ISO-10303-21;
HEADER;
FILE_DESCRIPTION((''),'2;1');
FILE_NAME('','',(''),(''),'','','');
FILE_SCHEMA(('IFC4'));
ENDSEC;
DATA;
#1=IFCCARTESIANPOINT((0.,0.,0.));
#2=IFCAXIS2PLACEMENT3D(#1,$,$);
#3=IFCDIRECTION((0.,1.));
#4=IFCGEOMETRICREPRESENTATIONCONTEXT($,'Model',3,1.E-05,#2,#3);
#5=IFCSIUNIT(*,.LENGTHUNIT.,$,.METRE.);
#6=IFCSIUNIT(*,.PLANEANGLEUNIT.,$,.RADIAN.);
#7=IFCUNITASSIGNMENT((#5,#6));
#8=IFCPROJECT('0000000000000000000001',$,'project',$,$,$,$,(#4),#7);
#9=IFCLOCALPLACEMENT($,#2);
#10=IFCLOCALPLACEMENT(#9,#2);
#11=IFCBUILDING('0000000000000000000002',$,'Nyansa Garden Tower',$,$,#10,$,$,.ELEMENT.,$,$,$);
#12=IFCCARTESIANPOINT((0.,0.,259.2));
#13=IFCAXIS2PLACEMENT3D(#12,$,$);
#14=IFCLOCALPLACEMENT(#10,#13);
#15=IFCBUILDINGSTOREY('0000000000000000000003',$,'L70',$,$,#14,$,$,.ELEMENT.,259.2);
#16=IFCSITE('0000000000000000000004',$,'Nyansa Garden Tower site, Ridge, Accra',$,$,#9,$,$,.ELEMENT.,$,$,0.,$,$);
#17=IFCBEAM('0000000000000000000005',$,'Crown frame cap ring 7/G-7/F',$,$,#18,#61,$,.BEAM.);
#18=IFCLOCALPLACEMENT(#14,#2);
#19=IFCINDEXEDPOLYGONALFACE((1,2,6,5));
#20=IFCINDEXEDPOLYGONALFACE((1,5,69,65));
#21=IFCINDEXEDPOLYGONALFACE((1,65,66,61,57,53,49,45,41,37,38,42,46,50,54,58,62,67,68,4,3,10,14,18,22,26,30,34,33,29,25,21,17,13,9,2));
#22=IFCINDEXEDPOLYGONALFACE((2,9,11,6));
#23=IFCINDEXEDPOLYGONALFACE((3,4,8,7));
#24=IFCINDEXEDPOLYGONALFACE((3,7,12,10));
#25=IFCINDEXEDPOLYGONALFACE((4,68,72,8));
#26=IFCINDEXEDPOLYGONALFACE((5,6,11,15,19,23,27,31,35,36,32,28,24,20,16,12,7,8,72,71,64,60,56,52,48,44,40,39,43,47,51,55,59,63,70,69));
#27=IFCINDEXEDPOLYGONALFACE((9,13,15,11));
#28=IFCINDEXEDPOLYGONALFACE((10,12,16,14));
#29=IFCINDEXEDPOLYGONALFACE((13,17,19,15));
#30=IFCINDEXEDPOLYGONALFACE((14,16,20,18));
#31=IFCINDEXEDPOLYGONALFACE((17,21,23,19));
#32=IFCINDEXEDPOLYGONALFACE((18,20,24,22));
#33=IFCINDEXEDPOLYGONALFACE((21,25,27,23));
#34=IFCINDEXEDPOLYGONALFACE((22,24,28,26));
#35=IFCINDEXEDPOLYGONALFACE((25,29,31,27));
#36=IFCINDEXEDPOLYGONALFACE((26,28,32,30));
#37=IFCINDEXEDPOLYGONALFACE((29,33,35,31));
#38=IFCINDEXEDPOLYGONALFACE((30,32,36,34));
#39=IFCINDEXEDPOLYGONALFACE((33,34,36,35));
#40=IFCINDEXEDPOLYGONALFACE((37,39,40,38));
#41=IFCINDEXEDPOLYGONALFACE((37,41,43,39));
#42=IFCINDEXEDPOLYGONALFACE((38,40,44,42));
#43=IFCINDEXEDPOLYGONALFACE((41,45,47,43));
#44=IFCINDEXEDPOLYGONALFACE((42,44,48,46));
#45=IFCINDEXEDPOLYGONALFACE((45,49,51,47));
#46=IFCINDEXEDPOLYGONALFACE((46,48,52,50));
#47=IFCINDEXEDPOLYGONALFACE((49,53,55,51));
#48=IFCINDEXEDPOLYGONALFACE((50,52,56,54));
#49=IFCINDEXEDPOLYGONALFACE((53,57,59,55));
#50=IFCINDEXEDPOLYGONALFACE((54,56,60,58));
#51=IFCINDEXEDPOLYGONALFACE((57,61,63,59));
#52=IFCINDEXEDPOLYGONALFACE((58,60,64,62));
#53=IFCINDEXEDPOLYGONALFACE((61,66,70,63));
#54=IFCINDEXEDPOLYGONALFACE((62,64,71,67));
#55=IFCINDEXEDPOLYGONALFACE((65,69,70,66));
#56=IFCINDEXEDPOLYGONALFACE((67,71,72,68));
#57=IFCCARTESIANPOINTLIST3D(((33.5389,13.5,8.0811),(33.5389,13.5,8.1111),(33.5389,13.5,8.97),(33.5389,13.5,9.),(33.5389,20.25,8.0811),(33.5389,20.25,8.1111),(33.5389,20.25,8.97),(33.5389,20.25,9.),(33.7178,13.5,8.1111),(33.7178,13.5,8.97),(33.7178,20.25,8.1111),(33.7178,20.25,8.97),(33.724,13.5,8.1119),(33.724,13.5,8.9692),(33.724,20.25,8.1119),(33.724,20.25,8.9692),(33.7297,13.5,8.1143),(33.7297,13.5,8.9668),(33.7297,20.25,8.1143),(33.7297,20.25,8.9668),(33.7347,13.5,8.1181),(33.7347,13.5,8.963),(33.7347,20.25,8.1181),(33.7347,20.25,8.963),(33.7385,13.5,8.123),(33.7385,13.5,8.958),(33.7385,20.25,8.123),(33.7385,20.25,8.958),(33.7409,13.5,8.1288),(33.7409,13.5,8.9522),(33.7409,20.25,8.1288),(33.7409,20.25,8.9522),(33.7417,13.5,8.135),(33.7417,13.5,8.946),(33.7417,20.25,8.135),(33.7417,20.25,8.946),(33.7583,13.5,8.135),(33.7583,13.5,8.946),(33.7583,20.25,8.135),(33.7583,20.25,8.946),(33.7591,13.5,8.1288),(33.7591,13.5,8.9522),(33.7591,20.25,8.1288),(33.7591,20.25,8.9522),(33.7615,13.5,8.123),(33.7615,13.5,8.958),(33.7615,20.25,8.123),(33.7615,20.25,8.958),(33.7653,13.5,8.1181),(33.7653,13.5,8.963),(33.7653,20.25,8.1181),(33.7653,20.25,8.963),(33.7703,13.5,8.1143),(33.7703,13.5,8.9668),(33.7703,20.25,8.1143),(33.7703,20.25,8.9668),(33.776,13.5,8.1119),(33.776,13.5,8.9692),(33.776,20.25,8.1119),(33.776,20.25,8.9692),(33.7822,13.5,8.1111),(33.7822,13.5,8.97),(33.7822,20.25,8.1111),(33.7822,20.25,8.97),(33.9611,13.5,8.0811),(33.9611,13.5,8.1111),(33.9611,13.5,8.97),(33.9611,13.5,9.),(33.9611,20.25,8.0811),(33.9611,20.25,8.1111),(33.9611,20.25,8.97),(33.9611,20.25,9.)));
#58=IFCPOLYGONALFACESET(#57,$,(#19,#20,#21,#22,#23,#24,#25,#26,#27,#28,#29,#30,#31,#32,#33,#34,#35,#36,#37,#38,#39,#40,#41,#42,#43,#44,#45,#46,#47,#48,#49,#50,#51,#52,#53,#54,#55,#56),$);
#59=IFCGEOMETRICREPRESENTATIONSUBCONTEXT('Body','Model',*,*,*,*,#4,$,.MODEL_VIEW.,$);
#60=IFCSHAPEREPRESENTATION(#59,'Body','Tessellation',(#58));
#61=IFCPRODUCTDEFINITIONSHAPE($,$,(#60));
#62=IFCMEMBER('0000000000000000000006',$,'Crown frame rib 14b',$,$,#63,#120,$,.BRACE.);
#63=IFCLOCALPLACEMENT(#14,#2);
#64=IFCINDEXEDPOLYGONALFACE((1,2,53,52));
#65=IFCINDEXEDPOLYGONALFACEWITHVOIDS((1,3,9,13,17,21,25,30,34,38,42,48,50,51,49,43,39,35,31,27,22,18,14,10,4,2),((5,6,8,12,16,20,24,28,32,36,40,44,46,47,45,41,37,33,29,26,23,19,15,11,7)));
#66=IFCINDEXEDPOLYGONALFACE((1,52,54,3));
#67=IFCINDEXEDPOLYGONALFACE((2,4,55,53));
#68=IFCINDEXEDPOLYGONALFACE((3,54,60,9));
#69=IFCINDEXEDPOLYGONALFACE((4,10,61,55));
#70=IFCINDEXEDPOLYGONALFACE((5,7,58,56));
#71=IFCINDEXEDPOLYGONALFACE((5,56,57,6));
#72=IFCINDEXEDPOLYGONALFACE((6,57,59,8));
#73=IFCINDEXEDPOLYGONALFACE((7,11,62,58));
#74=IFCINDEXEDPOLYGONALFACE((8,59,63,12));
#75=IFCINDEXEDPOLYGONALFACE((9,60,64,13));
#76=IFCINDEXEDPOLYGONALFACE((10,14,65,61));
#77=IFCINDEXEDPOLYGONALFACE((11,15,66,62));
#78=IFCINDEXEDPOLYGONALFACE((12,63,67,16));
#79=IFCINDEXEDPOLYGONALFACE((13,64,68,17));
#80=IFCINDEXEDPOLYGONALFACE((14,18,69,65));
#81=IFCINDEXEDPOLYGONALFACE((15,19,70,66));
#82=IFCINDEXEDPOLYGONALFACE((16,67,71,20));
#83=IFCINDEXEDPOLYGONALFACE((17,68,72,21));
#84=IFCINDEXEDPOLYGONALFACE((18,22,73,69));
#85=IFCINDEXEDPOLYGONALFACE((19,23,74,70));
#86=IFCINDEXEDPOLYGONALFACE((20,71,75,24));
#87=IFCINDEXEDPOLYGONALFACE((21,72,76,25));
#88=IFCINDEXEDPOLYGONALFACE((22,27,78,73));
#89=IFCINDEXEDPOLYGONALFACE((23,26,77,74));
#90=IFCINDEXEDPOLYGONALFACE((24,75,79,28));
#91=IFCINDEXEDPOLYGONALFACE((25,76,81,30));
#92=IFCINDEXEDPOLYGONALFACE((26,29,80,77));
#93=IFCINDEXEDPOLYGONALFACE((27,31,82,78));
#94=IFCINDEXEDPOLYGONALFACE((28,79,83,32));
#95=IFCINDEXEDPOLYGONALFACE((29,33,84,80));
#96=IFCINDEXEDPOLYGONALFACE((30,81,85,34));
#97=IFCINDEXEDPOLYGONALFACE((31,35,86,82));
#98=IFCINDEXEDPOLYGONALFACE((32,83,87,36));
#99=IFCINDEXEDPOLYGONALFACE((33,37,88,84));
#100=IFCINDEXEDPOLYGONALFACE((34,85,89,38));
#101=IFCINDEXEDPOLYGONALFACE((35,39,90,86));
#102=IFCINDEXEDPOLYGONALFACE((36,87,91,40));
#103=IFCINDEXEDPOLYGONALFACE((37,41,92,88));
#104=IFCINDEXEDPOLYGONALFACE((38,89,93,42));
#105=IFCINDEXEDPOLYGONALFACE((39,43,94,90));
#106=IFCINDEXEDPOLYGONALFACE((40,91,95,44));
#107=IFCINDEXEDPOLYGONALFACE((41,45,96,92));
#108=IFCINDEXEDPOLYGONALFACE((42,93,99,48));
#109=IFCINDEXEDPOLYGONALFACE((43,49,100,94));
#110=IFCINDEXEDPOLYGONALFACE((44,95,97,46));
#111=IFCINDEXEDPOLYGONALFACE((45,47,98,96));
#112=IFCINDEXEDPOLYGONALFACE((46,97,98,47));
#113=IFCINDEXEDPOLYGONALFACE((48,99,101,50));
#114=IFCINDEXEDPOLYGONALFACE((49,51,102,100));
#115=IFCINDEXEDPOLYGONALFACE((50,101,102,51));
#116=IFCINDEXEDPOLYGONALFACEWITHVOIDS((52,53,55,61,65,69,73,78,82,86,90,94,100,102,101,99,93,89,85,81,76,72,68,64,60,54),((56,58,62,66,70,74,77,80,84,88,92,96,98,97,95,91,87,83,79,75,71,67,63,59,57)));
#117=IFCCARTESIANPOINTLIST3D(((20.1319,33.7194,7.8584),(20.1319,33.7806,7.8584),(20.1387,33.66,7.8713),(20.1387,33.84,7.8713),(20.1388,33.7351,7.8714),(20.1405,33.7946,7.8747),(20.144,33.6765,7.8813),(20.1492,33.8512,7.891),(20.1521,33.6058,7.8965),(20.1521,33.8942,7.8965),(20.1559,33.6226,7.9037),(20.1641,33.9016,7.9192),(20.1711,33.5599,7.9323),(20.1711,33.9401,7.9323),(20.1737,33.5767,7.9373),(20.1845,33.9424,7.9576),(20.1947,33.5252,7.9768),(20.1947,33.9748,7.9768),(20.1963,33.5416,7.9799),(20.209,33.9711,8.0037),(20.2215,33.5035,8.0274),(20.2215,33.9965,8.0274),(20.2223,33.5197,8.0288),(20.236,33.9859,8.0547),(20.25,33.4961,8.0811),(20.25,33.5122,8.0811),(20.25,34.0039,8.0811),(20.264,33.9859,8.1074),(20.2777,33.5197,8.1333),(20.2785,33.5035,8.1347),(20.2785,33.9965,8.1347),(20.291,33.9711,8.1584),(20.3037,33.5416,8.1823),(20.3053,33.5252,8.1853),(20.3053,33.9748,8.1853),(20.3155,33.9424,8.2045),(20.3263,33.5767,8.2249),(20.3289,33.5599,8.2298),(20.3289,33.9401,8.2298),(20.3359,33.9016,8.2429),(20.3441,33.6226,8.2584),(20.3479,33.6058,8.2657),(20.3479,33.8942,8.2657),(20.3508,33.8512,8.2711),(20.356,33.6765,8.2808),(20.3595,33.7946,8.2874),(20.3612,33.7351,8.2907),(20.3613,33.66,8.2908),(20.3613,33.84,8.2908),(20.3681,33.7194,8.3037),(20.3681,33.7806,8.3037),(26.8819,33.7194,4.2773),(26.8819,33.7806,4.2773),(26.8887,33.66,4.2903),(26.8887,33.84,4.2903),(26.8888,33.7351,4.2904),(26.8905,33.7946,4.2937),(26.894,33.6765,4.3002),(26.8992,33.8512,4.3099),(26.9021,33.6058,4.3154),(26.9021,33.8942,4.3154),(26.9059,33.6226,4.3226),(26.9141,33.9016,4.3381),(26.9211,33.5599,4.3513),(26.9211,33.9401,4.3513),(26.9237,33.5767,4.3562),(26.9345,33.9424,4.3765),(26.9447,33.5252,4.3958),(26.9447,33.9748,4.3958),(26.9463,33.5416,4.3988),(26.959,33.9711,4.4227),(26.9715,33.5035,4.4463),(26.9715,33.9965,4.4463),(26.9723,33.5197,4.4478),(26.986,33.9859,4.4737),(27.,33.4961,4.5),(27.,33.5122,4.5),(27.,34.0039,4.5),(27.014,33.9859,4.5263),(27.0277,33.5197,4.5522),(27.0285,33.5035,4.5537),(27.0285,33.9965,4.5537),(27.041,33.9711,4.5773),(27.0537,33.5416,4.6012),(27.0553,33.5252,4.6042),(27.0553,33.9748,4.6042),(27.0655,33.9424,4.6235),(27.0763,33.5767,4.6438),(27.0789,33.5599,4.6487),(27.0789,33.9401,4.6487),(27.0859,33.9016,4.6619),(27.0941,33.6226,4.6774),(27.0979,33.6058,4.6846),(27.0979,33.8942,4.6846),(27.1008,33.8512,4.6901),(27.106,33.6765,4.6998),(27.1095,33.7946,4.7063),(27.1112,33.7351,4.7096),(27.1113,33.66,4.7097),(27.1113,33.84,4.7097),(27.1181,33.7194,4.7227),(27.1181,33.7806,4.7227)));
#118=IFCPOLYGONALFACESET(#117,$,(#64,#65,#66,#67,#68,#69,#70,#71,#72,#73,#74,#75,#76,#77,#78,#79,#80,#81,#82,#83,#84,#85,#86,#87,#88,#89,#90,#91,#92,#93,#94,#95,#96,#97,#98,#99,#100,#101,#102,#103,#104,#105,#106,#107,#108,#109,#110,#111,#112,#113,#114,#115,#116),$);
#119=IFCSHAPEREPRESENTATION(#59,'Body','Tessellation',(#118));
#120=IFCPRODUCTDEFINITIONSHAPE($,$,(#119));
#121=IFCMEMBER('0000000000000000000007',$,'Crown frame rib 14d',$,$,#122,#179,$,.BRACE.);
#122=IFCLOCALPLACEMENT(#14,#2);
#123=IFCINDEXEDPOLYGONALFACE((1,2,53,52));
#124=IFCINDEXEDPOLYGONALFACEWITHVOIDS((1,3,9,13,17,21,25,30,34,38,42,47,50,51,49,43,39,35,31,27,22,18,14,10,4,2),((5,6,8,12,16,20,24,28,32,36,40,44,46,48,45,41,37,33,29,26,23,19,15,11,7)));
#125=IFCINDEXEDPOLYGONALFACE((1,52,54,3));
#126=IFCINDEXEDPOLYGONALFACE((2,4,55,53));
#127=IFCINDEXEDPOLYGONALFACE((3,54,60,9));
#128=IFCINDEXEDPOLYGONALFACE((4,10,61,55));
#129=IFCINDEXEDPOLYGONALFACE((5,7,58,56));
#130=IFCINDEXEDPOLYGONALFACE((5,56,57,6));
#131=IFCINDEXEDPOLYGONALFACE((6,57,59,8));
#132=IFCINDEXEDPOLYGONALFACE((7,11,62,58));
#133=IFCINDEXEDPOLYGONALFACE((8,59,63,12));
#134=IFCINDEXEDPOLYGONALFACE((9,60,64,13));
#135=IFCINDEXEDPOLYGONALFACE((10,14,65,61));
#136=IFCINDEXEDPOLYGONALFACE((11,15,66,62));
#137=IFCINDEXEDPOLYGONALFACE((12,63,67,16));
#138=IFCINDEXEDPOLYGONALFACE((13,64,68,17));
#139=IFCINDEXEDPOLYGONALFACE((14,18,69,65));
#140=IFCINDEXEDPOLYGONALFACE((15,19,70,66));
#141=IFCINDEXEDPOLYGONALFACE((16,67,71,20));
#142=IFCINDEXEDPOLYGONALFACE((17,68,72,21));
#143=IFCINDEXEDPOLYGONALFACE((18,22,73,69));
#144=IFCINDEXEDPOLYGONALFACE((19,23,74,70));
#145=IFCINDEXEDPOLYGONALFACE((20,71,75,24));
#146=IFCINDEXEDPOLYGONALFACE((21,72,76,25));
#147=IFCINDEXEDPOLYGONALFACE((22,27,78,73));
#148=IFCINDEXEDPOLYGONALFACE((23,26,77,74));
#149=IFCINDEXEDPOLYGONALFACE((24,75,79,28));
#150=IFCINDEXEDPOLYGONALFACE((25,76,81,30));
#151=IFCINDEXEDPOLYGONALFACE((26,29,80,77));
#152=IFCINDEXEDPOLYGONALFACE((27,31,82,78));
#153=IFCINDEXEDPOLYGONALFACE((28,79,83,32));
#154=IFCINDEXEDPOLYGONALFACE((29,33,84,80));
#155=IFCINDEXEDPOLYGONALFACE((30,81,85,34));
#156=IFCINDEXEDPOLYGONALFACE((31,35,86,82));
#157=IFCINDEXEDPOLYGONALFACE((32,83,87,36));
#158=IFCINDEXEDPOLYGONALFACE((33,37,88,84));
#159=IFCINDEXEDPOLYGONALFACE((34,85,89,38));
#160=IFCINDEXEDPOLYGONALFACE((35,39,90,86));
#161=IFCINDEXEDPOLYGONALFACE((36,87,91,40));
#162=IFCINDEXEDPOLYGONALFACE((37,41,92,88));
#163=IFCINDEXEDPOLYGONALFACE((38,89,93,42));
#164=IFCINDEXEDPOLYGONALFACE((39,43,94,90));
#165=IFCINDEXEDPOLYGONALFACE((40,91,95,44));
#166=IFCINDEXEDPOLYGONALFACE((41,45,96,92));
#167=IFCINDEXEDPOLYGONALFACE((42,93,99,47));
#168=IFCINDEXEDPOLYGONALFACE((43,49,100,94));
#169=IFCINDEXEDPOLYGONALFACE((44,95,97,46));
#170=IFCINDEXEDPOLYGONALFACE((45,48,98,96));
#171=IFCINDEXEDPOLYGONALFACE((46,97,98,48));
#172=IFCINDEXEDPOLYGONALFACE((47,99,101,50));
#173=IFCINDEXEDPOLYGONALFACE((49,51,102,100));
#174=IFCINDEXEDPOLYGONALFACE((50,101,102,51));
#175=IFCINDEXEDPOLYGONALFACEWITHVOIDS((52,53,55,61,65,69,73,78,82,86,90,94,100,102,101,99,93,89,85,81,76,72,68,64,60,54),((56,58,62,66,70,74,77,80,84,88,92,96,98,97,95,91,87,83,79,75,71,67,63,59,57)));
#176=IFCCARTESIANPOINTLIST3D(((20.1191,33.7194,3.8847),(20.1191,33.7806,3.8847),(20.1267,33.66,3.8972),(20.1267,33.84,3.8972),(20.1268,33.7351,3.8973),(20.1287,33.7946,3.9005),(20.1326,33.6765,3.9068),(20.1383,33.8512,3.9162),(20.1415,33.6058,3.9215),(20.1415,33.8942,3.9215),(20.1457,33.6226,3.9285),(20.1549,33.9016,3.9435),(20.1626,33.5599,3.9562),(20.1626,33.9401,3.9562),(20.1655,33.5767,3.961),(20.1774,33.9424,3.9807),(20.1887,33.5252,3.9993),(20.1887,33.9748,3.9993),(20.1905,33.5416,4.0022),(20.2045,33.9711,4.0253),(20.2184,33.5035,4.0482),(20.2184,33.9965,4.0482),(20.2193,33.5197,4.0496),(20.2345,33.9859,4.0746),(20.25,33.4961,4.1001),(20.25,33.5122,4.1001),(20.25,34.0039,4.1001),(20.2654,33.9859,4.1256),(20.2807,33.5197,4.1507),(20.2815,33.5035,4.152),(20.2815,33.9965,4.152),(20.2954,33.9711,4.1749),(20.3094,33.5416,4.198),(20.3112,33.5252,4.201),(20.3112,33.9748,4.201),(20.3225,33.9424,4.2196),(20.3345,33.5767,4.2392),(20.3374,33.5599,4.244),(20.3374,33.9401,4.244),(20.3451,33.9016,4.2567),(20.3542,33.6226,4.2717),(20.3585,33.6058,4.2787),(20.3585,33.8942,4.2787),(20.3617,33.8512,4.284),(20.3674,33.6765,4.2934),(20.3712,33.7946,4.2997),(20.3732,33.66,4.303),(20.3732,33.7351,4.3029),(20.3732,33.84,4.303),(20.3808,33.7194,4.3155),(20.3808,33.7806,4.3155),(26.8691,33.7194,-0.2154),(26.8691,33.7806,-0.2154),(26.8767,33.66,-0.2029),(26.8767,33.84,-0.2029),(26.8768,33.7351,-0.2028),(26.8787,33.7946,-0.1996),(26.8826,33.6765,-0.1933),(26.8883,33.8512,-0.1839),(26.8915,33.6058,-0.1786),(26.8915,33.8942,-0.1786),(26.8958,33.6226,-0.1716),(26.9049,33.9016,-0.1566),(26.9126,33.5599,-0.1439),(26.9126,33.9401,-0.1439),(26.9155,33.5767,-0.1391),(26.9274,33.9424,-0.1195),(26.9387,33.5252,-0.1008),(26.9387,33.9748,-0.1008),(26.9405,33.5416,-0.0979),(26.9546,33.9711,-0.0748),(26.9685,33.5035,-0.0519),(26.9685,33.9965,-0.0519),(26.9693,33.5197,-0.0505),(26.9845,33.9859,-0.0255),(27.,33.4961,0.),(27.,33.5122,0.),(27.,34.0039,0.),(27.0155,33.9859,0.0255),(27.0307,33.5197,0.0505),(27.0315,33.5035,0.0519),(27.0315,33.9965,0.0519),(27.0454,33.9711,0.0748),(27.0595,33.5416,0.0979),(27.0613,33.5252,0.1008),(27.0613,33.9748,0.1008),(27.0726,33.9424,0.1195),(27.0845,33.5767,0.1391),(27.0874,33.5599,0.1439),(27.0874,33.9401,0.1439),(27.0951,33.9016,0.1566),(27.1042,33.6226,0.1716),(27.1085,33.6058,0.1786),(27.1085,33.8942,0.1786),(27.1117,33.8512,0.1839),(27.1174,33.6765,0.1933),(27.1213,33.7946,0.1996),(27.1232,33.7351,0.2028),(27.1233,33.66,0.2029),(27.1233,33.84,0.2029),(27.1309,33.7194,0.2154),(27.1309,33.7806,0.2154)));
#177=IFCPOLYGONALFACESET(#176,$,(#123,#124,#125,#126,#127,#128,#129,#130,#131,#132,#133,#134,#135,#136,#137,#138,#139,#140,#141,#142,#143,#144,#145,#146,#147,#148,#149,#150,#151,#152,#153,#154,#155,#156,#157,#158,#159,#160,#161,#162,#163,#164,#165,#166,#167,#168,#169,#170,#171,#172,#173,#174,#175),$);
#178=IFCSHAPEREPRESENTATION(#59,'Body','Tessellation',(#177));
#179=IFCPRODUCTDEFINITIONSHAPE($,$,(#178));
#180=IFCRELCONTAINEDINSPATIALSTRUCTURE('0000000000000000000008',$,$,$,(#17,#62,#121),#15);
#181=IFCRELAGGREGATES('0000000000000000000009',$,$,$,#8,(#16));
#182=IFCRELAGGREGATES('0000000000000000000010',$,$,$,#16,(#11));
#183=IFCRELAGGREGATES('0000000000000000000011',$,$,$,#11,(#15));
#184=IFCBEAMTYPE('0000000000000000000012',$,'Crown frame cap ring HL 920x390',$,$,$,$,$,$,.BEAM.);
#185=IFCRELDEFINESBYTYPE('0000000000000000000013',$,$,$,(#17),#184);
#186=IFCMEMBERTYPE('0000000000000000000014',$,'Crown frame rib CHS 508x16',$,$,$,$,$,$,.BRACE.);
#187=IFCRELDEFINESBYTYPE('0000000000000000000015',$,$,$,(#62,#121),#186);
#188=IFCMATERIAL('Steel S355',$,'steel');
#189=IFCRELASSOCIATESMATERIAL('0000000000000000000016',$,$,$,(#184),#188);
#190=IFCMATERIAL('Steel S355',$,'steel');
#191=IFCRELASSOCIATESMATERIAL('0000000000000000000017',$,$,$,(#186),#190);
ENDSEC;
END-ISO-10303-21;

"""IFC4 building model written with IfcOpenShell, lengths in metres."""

from ifc_helpers import new_model, si_unit, direction, frame, origin, origin_2d, place, context, subcontext, project, spatial, hollow_circle, i_section, extrude, material, material_profile, profile_set, type_object, element, save


model = new_model("IFC4")

# Units and contexts
model_context = context("Model", 3, precision=1e-05, world=origin(), true_north=direction((0.0, 1.0)))
body_context = subcontext(model_context, "Body", "Model", "MODEL_VIEW")
ifc_project = project(units=[si_unit("LENGTHUNIT", "METRE"), si_unit("PLANEANGLEUNIT", "RADIAN")], contexts=[model_context])

# Site, building, storey
site_placement = place(None, origin())
site = spatial("IfcSite", under=ifc_project, at=site_placement, Name="Nyansa Garden Tower site, Ridge, Accra", CompositionType="ELEMENT", RefElevation=0.0)
building_placement = place(site_placement, origin())
building = spatial("IfcBuilding", under=site, at=building_placement, Name="Nyansa Garden Tower", CompositionType="ELEMENT")
storey_placement = place(building_placement, frame((0.0, 0.0, 259.2)))
storey = spatial("IfcBuildingStorey", under=building, at=storey_placement, Name="L70", CompositionType="ELEMENT", Elevation=259.2)

# Beam
ifc_material_1 = material(Name="Steel S355", Category="steel")
ifc_material_profile_1 = material_profile(ifc_material_1, i_section(OverallWidth=0.4221, OverallDepth=0.9189, WebThickness=0.0166, FlangeThickness=0.03, FilletRadius=0.0239, at=origin_2d()), Name="HL 920x390")
ifc_profile_set_1 = profile_set([ifc_material_profile_1], Name="Steel S355")
beam_type_1 = type_object("IfcBeamType", Name="Crown frame cap ring HL 920x390", PredefinedType="BEAM", material=ifc_profile_set_1)
for number, where, z_axis, x_axis, name in (
    (1, (33.75, 20.25, 8.5405), (0.0, -1.0, 0.0), (1.0, 0.0, 0.0), "Crown frame cap ring 7/G-7/F"),
):
    element("IfcBeam", number, at=place(storey_placement, frame(where, z_axis=z_axis, x_axis=x_axis)), inside=storey, type_object=beam_type_1, Name=name, PredefinedType="BEAM", context=body_context, shape_type="SweptSolid", body=[
        extrude(i_section(OverallWidth=0.4221, OverallDepth=0.9189, WebThickness=0.0166, FlangeThickness=0.03, FilletRadius=0.0239, at=origin_2d()), origin(), (0.0, 0.0, 1.0), 6.75),
    ])

# Members
ifc_material_2 = material(Name="Steel S355", Category="steel")
ifc_material_profile_2 = material_profile(ifc_material_2, hollow_circle(Radius=0.2539, WallThickness=0.0161, at=origin_2d()), Name="CHS 508x16")
ifc_profile_set_2 = profile_set([ifc_material_profile_2], Name="Steel S355")
member_type = type_object("IfcMemberType", Name="Crown frame rib CHS 508x16", PredefinedType="BRACE", material=ifc_profile_set_2)
member_1_placement = place(storey_placement, frame((27.0, 33.75, 4.5), z_axis=(-0.88338, 0.0, 0.468657), x_axis=(0.0, -1.0, 0.0)))
element("IfcMember", 2, at=member_1_placement, inside=storey, type_object=member_type, Name="Crown frame rib 14b", PredefinedType="BRACE", context=body_context, shape_type="SweptSolid", body=[
    extrude(hollow_circle(Radius=0.2539, WallThickness=0.0161, at=origin_2d()), origin(), (0.0, 0.0, 1.0), 7.6411),
])
member_2_placement = place(storey_placement, frame((27.0, 33.75, 0.0), z_axis=(-0.854682, 0.0, 0.519152), x_axis=(0.0, -1.0, 0.0)))
element("IfcMember", 3, at=member_2_placement, inside=storey, type_object=member_type, Name="Crown frame rib 14d", PredefinedType="BRACE", context=body_context, shape_type="SweptSolid", body=[
    extrude(hollow_circle(Radius=0.2539, WallThickness=0.0161, at=origin_2d()), origin(), (0.0, 0.0, 1.0), 7.8977),
])

save(model, "model.ifc")
